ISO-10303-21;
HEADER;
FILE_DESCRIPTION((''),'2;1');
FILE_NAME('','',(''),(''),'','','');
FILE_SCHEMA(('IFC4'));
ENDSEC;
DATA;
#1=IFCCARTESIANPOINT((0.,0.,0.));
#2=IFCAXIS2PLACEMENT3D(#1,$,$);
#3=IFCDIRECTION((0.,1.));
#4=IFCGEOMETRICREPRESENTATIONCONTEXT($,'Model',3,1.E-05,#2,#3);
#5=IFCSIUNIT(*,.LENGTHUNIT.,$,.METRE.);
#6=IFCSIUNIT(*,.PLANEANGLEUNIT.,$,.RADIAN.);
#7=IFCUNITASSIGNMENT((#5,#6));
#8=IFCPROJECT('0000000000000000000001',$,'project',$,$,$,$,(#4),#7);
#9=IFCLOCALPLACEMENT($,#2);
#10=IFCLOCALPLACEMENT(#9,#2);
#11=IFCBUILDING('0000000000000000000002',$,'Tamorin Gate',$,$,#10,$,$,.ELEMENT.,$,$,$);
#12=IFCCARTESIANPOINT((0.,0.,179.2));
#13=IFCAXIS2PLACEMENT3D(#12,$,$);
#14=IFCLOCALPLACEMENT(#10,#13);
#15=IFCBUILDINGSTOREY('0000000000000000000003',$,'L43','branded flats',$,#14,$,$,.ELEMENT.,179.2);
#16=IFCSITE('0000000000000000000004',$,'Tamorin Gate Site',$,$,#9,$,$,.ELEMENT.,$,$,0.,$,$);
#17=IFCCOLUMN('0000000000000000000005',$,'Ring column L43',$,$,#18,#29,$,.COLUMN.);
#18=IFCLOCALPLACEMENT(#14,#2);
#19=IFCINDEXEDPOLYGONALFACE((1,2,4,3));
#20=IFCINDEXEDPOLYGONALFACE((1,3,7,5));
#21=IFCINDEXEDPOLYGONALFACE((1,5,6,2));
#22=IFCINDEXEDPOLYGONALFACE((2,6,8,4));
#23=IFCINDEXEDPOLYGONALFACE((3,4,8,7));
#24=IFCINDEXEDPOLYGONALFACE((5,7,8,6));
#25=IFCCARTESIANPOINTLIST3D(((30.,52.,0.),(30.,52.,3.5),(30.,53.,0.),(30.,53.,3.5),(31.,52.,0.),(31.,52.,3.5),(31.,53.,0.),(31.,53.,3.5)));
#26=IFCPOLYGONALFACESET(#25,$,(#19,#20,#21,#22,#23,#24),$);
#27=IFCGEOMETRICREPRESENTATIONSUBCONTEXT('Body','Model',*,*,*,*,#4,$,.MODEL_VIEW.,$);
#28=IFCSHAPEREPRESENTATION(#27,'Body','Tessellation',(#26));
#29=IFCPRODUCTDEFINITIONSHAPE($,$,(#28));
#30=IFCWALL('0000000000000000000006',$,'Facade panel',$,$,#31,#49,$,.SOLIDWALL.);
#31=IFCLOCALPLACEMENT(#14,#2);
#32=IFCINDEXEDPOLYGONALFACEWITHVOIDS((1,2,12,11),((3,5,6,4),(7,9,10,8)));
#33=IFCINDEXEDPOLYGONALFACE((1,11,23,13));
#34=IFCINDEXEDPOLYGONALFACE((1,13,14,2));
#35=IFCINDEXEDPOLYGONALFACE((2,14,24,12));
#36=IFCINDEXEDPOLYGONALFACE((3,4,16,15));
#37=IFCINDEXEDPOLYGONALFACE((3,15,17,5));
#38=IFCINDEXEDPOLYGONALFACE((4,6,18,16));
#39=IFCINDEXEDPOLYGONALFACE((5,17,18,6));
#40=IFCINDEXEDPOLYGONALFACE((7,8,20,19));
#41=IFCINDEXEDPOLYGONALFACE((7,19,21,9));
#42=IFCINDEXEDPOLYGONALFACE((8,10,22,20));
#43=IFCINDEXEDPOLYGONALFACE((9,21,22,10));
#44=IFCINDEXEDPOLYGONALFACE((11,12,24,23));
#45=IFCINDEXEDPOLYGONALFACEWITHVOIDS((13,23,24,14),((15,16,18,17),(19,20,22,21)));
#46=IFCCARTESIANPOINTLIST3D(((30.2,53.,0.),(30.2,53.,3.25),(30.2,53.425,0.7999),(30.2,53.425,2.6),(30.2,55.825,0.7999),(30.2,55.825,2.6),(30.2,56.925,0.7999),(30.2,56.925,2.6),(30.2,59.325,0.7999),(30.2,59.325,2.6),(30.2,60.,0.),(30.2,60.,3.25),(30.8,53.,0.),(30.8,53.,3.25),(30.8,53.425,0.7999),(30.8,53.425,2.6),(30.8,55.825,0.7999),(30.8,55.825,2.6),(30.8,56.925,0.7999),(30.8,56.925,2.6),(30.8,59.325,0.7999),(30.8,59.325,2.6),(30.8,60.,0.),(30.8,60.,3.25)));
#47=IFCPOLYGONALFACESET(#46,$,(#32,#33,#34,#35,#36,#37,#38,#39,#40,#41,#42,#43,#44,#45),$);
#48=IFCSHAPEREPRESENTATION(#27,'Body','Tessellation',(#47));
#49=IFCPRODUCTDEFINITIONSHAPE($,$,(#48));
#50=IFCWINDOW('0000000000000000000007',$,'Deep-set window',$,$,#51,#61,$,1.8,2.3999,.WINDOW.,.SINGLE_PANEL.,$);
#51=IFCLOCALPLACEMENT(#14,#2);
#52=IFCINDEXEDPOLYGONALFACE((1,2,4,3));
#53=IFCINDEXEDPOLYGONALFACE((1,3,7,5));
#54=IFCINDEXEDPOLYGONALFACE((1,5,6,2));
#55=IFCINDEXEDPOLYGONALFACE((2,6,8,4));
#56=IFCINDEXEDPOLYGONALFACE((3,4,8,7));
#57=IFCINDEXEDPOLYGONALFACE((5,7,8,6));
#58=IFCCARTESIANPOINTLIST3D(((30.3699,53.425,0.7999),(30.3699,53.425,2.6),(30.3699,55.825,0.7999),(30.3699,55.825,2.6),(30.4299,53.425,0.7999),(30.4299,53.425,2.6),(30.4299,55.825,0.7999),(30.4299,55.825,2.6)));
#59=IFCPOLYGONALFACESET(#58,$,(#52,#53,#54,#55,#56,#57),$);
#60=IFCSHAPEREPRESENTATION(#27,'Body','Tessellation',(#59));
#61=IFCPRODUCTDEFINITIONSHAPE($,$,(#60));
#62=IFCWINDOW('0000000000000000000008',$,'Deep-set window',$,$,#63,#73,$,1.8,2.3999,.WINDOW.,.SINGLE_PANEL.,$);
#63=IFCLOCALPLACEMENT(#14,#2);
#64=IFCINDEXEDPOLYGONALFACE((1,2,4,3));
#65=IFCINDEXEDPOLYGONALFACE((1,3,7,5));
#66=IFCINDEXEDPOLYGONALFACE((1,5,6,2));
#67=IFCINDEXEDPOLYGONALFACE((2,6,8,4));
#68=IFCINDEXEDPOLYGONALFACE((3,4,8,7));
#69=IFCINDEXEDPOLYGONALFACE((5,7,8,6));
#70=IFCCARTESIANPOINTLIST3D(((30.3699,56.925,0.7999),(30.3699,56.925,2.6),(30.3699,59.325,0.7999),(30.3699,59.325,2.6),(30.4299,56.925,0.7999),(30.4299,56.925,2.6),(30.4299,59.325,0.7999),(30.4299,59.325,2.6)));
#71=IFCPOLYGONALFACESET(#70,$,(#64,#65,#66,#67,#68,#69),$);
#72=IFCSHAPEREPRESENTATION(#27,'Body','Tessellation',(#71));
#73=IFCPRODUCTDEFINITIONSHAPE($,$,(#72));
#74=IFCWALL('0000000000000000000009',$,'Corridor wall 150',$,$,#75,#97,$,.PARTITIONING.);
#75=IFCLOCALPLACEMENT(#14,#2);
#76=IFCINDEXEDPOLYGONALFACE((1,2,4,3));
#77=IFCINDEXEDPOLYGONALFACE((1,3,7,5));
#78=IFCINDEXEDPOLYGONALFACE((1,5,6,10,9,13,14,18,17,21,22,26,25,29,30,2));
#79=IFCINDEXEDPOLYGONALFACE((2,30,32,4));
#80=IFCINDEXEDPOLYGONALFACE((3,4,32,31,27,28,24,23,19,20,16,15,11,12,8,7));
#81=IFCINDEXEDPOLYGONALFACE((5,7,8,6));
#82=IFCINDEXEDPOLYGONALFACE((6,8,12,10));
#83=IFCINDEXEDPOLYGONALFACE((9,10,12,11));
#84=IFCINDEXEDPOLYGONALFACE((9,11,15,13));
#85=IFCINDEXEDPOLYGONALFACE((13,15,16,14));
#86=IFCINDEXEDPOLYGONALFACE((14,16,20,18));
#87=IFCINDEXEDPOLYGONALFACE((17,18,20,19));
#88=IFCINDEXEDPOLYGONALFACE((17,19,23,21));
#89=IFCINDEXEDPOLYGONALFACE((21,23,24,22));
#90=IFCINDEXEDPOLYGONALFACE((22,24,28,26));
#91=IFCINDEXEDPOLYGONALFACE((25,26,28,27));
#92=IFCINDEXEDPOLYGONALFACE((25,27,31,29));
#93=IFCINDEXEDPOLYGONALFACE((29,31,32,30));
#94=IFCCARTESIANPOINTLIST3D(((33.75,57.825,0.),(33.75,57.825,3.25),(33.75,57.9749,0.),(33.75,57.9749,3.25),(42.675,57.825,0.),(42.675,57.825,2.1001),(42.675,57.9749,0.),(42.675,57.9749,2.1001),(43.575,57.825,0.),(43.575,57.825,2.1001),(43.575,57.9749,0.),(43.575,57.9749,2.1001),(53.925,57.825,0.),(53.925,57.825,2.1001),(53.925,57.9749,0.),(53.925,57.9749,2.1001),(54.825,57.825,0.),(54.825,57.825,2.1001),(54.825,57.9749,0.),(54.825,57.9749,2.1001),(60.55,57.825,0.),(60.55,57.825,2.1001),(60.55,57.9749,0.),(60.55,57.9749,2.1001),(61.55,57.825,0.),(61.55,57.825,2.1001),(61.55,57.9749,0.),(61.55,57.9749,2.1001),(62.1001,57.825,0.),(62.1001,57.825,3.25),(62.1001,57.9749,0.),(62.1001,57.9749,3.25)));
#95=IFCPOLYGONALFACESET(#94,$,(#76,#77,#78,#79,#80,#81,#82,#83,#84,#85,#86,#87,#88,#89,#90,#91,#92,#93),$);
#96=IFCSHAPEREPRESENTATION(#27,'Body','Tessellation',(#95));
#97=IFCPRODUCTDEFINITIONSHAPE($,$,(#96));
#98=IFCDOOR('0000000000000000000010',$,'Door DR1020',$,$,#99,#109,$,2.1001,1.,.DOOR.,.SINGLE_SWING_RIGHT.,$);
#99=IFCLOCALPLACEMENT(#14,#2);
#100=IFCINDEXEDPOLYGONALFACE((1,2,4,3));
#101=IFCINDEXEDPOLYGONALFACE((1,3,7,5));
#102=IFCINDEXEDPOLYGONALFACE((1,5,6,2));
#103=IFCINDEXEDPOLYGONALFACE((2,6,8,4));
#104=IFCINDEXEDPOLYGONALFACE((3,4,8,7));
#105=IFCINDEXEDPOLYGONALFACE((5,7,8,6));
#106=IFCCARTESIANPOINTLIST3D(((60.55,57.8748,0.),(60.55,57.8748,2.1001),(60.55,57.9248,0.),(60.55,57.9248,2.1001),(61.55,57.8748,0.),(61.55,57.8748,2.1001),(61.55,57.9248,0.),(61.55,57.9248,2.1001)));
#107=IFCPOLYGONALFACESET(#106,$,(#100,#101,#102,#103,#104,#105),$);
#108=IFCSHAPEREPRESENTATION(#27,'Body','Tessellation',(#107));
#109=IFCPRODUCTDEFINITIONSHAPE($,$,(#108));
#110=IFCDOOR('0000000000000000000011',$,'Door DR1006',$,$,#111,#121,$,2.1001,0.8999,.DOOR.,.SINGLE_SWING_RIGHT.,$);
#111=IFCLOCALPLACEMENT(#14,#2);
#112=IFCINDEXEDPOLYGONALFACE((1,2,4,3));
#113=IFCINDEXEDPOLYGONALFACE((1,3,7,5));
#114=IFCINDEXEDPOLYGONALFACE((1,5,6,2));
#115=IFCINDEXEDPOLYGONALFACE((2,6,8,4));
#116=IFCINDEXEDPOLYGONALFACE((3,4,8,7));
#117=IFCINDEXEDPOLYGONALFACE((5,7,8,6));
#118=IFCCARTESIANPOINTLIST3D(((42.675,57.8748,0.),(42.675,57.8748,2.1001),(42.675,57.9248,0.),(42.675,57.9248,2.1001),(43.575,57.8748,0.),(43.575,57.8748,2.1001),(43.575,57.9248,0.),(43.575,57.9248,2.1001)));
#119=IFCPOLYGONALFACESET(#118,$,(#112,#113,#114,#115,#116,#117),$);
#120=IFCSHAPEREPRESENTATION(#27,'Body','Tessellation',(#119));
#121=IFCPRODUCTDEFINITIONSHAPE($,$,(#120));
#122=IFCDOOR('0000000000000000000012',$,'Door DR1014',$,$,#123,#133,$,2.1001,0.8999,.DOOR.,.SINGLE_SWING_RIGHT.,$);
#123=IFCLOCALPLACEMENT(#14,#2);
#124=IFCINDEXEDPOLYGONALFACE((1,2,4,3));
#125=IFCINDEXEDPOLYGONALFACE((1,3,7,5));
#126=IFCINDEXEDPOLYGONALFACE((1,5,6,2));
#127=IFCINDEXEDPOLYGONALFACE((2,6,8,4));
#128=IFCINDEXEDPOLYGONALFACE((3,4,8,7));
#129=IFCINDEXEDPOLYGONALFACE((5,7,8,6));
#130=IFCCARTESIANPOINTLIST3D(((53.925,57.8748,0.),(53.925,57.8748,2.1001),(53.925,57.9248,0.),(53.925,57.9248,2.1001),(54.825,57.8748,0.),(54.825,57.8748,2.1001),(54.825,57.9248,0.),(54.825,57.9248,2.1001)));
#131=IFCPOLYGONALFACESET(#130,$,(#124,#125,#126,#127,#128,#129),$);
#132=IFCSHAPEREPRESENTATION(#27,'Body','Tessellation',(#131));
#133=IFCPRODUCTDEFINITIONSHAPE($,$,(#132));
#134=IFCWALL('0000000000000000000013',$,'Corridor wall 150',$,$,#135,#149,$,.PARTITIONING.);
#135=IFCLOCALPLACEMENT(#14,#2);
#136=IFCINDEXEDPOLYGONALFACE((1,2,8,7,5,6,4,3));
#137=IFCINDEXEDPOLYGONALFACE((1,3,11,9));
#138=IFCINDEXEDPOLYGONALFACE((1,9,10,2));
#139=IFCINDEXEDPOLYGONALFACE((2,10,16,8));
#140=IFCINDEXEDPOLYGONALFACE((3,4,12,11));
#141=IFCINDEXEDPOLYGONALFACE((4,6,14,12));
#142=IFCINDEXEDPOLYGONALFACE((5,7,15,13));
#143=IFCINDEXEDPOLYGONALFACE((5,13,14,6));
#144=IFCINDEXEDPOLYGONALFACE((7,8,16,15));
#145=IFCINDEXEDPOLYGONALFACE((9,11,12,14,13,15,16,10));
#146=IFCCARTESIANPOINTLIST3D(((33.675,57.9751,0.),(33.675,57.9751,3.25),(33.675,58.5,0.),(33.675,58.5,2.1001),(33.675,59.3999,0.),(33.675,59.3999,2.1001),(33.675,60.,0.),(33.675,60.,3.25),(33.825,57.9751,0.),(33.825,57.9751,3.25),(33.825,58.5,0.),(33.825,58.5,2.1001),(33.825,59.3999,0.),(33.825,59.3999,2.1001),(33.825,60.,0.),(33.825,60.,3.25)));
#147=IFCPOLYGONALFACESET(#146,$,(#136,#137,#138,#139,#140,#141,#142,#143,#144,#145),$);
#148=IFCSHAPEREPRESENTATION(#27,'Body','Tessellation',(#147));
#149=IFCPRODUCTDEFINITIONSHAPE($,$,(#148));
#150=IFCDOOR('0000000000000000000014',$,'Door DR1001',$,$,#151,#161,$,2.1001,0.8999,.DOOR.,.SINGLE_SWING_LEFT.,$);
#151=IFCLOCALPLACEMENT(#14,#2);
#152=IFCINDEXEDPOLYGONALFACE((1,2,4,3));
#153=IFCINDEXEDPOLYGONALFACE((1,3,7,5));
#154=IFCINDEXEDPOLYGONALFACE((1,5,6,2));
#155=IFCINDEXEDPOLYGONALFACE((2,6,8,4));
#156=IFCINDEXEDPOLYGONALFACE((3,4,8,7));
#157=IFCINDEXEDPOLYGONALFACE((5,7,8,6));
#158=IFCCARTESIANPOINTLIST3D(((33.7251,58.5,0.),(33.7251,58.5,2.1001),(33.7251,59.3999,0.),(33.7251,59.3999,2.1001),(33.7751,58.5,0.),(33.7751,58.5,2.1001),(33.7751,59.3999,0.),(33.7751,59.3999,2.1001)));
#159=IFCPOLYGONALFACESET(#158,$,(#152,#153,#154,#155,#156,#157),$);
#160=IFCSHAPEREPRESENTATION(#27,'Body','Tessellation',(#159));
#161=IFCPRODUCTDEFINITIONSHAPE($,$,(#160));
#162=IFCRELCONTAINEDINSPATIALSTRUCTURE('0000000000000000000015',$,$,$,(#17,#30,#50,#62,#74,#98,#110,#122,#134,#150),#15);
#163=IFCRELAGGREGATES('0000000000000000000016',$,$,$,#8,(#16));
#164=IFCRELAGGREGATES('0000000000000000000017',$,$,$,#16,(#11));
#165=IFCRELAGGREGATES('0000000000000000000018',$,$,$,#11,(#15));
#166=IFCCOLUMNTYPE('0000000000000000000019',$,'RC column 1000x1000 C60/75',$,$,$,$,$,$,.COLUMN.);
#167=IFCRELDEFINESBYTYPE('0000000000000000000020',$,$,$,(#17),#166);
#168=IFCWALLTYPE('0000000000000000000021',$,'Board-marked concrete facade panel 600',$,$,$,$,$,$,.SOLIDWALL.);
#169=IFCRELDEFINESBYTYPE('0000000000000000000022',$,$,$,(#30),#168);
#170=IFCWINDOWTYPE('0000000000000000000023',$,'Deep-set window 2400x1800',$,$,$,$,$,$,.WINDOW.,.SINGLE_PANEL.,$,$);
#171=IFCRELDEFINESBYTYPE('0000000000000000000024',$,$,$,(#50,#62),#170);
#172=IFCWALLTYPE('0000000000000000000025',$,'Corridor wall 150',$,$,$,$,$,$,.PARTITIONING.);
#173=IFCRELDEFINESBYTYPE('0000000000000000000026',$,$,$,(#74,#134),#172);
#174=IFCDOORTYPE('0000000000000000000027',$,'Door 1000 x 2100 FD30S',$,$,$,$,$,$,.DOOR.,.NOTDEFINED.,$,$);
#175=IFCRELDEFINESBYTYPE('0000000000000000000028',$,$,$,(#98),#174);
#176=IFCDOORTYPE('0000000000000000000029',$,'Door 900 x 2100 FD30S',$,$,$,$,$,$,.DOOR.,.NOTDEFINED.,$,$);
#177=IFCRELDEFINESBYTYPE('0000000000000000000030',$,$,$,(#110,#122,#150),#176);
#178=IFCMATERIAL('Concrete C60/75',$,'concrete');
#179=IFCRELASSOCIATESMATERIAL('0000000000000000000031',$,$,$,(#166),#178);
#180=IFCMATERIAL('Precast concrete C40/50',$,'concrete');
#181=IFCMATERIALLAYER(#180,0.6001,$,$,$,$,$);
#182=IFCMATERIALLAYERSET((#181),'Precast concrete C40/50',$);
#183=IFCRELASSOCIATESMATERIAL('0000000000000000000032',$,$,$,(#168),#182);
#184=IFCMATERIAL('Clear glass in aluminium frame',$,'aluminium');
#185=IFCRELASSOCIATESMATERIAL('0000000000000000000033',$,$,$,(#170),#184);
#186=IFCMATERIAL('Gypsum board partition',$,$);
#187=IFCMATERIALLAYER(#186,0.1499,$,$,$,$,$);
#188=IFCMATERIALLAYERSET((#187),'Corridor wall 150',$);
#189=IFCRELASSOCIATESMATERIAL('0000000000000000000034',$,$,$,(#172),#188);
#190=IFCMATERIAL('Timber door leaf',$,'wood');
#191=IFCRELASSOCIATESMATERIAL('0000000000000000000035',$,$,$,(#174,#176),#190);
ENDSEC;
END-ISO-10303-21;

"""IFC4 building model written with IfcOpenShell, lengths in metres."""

from ifc_helpers import new_model, si_unit, direction, frame, frame_2d, origin, origin_2d, place, context, subcontext, project, spatial, rectangle, extrude, material, layer, layer_set, material_profile, profile_set, type_object, element, fill, save


model = new_model("IFC4")

# Units and contexts
model_context = context("Model", 3, precision=1e-05, world=origin(), true_north=direction((0.0, 1.0)))
body_context = subcontext(model_context, "Body", "Model", "MODEL_VIEW")
ifc_project = project(units=[si_unit("LENGTHUNIT", "METRE"), si_unit("PLANEANGLEUNIT", "RADIAN")], contexts=[model_context])

# Site, building, storey
site_placement = place(None, origin())
site = spatial("IfcSite", under=ifc_project, at=site_placement, Name="Tamorin Gate Site", CompositionType="ELEMENT", RefElevation=0.0)
building_placement = place(site_placement, origin())
building = spatial("IfcBuilding", under=site, at=building_placement, Name="Tamorin Gate", CompositionType="ELEMENT")
storey_placement = place(building_placement, frame((0.0, 0.0, 179.2)))
storey = spatial("IfcBuildingStorey", under=building, at=storey_placement, Name="L43", Description="branded flats", CompositionType="ELEMENT", Elevation=179.2)

# Column
ifc_material_1 = material(Name="Concrete C60/75", Category="concrete")
ifc_material_profile = material_profile(ifc_material_1, rectangle(XDim=1.0, YDim=1.0, at=origin_2d()), Name="RC 1000x1000")
ifc_profile_set = profile_set([ifc_material_profile], Name="Concrete C60/75")
column_type = type_object("IfcColumnType", Name="RC column 1000x1000 C60/75", PredefinedType="COLUMN", material=ifc_profile_set)
column_placement = place(storey_placement, frame((30.5, 52.5, 0.0), z_axis=(0.0, 0.0, 1.0), x_axis=(1.0, 0.0, 0.0)))
element("IfcColumn", 1, at=column_placement, inside=storey, type_object=column_type, Name="Ring column L43", PredefinedType="COLUMN", context=body_context, shape_type="SweptSolid", body=[
    extrude(rectangle(XDim=1.0, YDim=1.0, at=origin_2d()), origin(), (0.0, 0.0, 1.0), 3.5),
])

# Wall, openings, windows
ifc_material_2 = material(Name="Precast concrete C40/50", Category="concrete")
ifc_layer_1 = layer(ifc_material_2, 0.6001)
ifc_layer_set_1 = layer_set([ifc_layer_1], Name="Precast concrete C40/50")
wall_type_1 = type_object("IfcWallType", Name="Board-marked concrete facade panel 600", PredefinedType="SOLIDWALL", material=ifc_layer_set_1)
wall_1_placement = place(storey_placement, frame((30.5, 60.0, 0.0), z_axis=(0.0, 0.0, 1.0), x_axis=(0.0, -1.0, 0.0)))
wall_1 = element("IfcWall", 2, at=wall_1_placement, inside=storey, type_object=wall_type_1, Name="Facade panel", PredefinedType="SOLIDWALL", context=body_context, shape_type="SweptSolid", body=[
    extrude(rectangle(XDim=7.0, YDim=0.6001, at=frame_2d((3.5, 0.0))), origin(), (0.0, 0.0, 1.0), 3.25),
])
opening_1_placement = place(wall_1_placement, frame((4.175, 0.0, 0.8)))
opening_1 = element("IfcOpeningElement", 3, at=opening_1_placement, cuts=wall_1, PredefinedType="OPENING", context=body_context, shape_type="SweptSolid", body=[
    extrude(rectangle(XDim=2.3999, YDim=1.8, at=frame_2d((1.2, 0.8999))), frame((0.0, 0.3101, 0.0), z_axis=(0.0, -1.0, 0.0), x_axis=(1.0, 0.0, 0.0)), (0.0, 0.0, 1.0), 0.6201),
])
opening_2_placement = place(wall_1_placement, frame((0.675, 0.0, 0.8)))
opening_2 = element("IfcOpeningElement", 4, at=opening_2_placement, cuts=wall_1, PredefinedType="OPENING", context=body_context, shape_type="SweptSolid", body=[
    extrude(rectangle(XDim=2.3999, YDim=1.8, at=frame_2d((1.2, 0.8999))), frame((0.0, 0.3101, 0.0), z_axis=(0.0, -1.0, 0.0), x_axis=(1.0, 0.0, 0.0)), (0.0, 0.0, 1.0), 0.6201),
])
ifc_material_3 = material(Name="Clear glass in aluminium frame", Category="aluminium")
window_type = type_object("IfcWindowType", Name="Deep-set window 2400x1800", PartitioningType="SINGLE_PANEL", PredefinedType="WINDOW", material=ifc_material_3)
window_1_placement = place(opening_1_placement, origin())
window_1 = element("IfcWindow", 5, at=window_1_placement, inside=storey, type_object=window_type, Name="Deep-set window", OverallHeight=1.8, OverallWidth=2.3999, PartitioningType="SINGLE_PANEL", PredefinedType="WINDOW", context=body_context, shape_type="SweptSolid", body=[
    extrude(rectangle(XDim=2.3999, YDim=1.8, at=frame_2d((1.2, 0.8999))), frame((0.0, -0.0701, 0.0), z_axis=(0.0, -1.0, 0.0), x_axis=(1.0, 0.0, 0.0)), (0.0, 0.0, 1.0), 0.0601),
])
fill(opening_1, window_1)
window_2_placement = place(opening_2_placement, origin())
window_2 = element("IfcWindow", 6, at=window_2_placement, inside=storey, type_object=window_type, Name="Deep-set window", OverallHeight=1.8, OverallWidth=2.3999, PartitioningType="SINGLE_PANEL", PredefinedType="WINDOW", context=body_context, shape_type="SweptSolid", body=[
    extrude(rectangle(XDim=2.3999, YDim=1.8, at=frame_2d((1.2, 0.8999))), frame((0.0, -0.0701, 0.0), z_axis=(0.0, -1.0, 0.0), x_axis=(1.0, 0.0, 0.0)), (0.0, 0.0, 1.0), 0.0601),
])
fill(opening_2, window_2)

# Wall, openings, doors
ifc_material_4 = material(Name="Gypsum board partition")
ifc_layer_2 = layer(ifc_material_4, 0.1499)
ifc_layer_set_2 = layer_set([ifc_layer_2], Name="Corridor wall 150")
wall_type_2 = type_object("IfcWallType", Name="Corridor wall 150", PredefinedType="PARTITIONING", material=ifc_layer_set_2)
wall_2_placement = place(storey_placement, frame((33.75, 57.8999, 0.0), z_axis=(0.0, 0.0, 1.0), x_axis=(1.0, 0.0, 0.0)))
wall_2 = element("IfcWall", 7, at=wall_2_placement, inside=storey, type_object=wall_type_2, Name="Corridor wall 150", PredefinedType="PARTITIONING", context=body_context, shape_type="SweptSolid", body=[
    extrude(rectangle(XDim=28.3501, YDim=0.1499, at=frame_2d((14.175, 0.0))), origin(), (0.0, 0.0, 1.0), 3.25),
])
opening_3_placement = place(wall_2_placement, frame((8.925, 0.0, 0.0)))
opening_3 = element("IfcOpeningElement", 8, at=opening_3_placement, cuts=wall_2, PredefinedType="OPENING", context=body_context, shape_type="SweptSolid", body=[
    extrude(rectangle(XDim=0.8999, YDim=2.1001, at=frame_2d((0.45, 1.05))), frame((0.0, 0.085, 0.0), z_axis=(0.0, -1.0, 0.0), x_axis=(1.0, 0.0, 0.0)), (0.0, 0.0, 1.0), 0.1699),
])
opening_4_placement = place(wall_2_placement, frame((20.175, 0.0, 0.0)))
opening_4 = element("IfcOpeningElement", 9, at=opening_4_placement, cuts=wall_2, PredefinedType="OPENING", context=body_context, shape_type="SweptSolid", body=[
    extrude(rectangle(XDim=0.8999, YDim=2.1001, at=frame_2d((0.45, 1.05))), frame((0.0, 0.085, 0.0), z_axis=(0.0, -1.0, 0.0), x_axis=(1.0, 0.0, 0.0)), (0.0, 0.0, 1.0), 0.1699),
])
opening_5_placement = place(wall_2_placement, frame((26.8, 0.0, 0.0)))
opening_5 = element("IfcOpeningElement", 10, at=opening_5_placement, cuts=wall_2, PredefinedType="OPENING", context=body_context, shape_type="SweptSolid", body=[
    extrude(rectangle(XDim=1.0, YDim=2.1001, at=frame_2d((0.5, 1.05))), frame((0.0, 0.085, 0.0), z_axis=(0.0, -1.0, 0.0), x_axis=(1.0, 0.0, 0.0)), (0.0, 0.0, 1.0), 0.1699),
])
ifc_material_5 = material(Name="Timber door leaf", Category="wood")
door_type_1 = type_object("IfcDoorType", Name="Door 1000 x 2100 FD30S", OperationType="NOTDEFINED", PredefinedType="DOOR", material=ifc_material_5)
door_1_placement = place(opening_5_placement, origin())
door_1 = element("IfcDoor", 11, at=door_1_placement, inside=storey, type_object=door_type_1, Name="Door DR1020", OperationType="SINGLE_SWING_RIGHT", OverallHeight=2.1001, OverallWidth=1.0, PredefinedType="DOOR", context=body_context, shape_type="SweptSolid", body=[
    extrude(rectangle(XDim=1.0, YDim=2.1001, at=frame_2d((0.5, 1.05))), frame((0.0, 0.0249, 0.0), z_axis=(0.0, -1.0, 0.0), x_axis=(1.0, 0.0, 0.0)), (0.0, 0.0, 1.0), 0.05),
])
fill(opening_5, door_1)
door_type_2 = type_object("IfcDoorType", Name="Door 900 x 2100 FD30S", OperationType="NOTDEFINED", PredefinedType="DOOR", material=ifc_material_5)
door_2_placement = place(opening_3_placement, origin())
door_2 = element("IfcDoor", 12, at=door_2_placement, inside=storey, type_object=door_type_2, Name="Door DR1006", OperationType="SINGLE_SWING_RIGHT", OverallHeight=2.1001, OverallWidth=0.8999, PredefinedType="DOOR", context=body_context, shape_type="SweptSolid", body=[
    extrude(rectangle(XDim=0.8999, YDim=2.1001, at=frame_2d((0.45, 1.05))), frame((0.0, 0.0249, 0.0), z_axis=(0.0, -1.0, 0.0), x_axis=(1.0, 0.0, 0.0)), (0.0, 0.0, 1.0), 0.05),
])
fill(opening_3, door_2)
door_3_placement = place(opening_4_placement, origin())
door_3 = element("IfcDoor", 13, at=door_3_placement, inside=storey, type_object=door_type_2, Name="Door DR1014", OperationType="SINGLE_SWING_RIGHT", OverallHeight=2.1001, OverallWidth=0.8999, PredefinedType="DOOR", context=body_context, shape_type="SweptSolid", body=[
    extrude(rectangle(XDim=0.8999, YDim=2.1001, at=frame_2d((0.45, 1.05))), frame((0.0, 0.0249, 0.0), z_axis=(0.0, -1.0, 0.0), x_axis=(1.0, 0.0, 0.0)), (0.0, 0.0, 1.0), 0.05),
])
fill(opening_4, door_3)

# Wall, opening, door
wall_3_placement = place(storey_placement, frame((33.75, 57.9751, 0.0), z_axis=(0.0, 0.0, 1.0), x_axis=(0.0, 1.0, 0.0)))
wall_3 = element("IfcWall", 14, at=wall_3_placement, inside=storey, type_object=wall_type_2, Name="Corridor wall 150", PredefinedType="PARTITIONING", context=body_context, shape_type="SweptSolid", body=[
    extrude(rectangle(XDim=2.0249, YDim=0.1499, at=frame_2d((1.0125, 0.0))), origin(), (0.0, 0.0, 1.0), 3.25),
])
opening_6_placement = place(wall_3_placement, frame((0.5249, 0.0, 0.0)))
opening_6 = element("IfcOpeningElement", 15, at=opening_6_placement, cuts=wall_3, PredefinedType="OPENING", context=body_context, shape_type="SweptSolid", body=[
    extrude(rectangle(XDim=0.8999, YDim=2.1001, at=frame_2d((0.45, 1.05))), frame((0.0, 0.085, 0.0), z_axis=(0.0, -1.0, 0.0), x_axis=(1.0, 0.0, 0.0)), (0.0, 0.0, 1.0), 0.1699),
])
door_4_placement = place(opening_6_placement, origin())
door_4 = element("IfcDoor", 16, at=door_4_placement, inside=storey, type_object=door_type_2, Name="Door DR1001", OperationType="SINGLE_SWING_LEFT", OverallHeight=2.1001, OverallWidth=0.8999, PredefinedType="DOOR", context=body_context, shape_type="SweptSolid", body=[
    extrude(rectangle(XDim=0.8999, YDim=2.1001, at=frame_2d((0.45, 1.05))), frame((0.0, 0.0249, 0.0), z_axis=(0.0, -1.0, 0.0), x_axis=(1.0, 0.0, 0.0)), (0.0, 0.0, 1.0), 0.05),
])
fill(opening_6, door_4)

save(model, "model.ifc")
